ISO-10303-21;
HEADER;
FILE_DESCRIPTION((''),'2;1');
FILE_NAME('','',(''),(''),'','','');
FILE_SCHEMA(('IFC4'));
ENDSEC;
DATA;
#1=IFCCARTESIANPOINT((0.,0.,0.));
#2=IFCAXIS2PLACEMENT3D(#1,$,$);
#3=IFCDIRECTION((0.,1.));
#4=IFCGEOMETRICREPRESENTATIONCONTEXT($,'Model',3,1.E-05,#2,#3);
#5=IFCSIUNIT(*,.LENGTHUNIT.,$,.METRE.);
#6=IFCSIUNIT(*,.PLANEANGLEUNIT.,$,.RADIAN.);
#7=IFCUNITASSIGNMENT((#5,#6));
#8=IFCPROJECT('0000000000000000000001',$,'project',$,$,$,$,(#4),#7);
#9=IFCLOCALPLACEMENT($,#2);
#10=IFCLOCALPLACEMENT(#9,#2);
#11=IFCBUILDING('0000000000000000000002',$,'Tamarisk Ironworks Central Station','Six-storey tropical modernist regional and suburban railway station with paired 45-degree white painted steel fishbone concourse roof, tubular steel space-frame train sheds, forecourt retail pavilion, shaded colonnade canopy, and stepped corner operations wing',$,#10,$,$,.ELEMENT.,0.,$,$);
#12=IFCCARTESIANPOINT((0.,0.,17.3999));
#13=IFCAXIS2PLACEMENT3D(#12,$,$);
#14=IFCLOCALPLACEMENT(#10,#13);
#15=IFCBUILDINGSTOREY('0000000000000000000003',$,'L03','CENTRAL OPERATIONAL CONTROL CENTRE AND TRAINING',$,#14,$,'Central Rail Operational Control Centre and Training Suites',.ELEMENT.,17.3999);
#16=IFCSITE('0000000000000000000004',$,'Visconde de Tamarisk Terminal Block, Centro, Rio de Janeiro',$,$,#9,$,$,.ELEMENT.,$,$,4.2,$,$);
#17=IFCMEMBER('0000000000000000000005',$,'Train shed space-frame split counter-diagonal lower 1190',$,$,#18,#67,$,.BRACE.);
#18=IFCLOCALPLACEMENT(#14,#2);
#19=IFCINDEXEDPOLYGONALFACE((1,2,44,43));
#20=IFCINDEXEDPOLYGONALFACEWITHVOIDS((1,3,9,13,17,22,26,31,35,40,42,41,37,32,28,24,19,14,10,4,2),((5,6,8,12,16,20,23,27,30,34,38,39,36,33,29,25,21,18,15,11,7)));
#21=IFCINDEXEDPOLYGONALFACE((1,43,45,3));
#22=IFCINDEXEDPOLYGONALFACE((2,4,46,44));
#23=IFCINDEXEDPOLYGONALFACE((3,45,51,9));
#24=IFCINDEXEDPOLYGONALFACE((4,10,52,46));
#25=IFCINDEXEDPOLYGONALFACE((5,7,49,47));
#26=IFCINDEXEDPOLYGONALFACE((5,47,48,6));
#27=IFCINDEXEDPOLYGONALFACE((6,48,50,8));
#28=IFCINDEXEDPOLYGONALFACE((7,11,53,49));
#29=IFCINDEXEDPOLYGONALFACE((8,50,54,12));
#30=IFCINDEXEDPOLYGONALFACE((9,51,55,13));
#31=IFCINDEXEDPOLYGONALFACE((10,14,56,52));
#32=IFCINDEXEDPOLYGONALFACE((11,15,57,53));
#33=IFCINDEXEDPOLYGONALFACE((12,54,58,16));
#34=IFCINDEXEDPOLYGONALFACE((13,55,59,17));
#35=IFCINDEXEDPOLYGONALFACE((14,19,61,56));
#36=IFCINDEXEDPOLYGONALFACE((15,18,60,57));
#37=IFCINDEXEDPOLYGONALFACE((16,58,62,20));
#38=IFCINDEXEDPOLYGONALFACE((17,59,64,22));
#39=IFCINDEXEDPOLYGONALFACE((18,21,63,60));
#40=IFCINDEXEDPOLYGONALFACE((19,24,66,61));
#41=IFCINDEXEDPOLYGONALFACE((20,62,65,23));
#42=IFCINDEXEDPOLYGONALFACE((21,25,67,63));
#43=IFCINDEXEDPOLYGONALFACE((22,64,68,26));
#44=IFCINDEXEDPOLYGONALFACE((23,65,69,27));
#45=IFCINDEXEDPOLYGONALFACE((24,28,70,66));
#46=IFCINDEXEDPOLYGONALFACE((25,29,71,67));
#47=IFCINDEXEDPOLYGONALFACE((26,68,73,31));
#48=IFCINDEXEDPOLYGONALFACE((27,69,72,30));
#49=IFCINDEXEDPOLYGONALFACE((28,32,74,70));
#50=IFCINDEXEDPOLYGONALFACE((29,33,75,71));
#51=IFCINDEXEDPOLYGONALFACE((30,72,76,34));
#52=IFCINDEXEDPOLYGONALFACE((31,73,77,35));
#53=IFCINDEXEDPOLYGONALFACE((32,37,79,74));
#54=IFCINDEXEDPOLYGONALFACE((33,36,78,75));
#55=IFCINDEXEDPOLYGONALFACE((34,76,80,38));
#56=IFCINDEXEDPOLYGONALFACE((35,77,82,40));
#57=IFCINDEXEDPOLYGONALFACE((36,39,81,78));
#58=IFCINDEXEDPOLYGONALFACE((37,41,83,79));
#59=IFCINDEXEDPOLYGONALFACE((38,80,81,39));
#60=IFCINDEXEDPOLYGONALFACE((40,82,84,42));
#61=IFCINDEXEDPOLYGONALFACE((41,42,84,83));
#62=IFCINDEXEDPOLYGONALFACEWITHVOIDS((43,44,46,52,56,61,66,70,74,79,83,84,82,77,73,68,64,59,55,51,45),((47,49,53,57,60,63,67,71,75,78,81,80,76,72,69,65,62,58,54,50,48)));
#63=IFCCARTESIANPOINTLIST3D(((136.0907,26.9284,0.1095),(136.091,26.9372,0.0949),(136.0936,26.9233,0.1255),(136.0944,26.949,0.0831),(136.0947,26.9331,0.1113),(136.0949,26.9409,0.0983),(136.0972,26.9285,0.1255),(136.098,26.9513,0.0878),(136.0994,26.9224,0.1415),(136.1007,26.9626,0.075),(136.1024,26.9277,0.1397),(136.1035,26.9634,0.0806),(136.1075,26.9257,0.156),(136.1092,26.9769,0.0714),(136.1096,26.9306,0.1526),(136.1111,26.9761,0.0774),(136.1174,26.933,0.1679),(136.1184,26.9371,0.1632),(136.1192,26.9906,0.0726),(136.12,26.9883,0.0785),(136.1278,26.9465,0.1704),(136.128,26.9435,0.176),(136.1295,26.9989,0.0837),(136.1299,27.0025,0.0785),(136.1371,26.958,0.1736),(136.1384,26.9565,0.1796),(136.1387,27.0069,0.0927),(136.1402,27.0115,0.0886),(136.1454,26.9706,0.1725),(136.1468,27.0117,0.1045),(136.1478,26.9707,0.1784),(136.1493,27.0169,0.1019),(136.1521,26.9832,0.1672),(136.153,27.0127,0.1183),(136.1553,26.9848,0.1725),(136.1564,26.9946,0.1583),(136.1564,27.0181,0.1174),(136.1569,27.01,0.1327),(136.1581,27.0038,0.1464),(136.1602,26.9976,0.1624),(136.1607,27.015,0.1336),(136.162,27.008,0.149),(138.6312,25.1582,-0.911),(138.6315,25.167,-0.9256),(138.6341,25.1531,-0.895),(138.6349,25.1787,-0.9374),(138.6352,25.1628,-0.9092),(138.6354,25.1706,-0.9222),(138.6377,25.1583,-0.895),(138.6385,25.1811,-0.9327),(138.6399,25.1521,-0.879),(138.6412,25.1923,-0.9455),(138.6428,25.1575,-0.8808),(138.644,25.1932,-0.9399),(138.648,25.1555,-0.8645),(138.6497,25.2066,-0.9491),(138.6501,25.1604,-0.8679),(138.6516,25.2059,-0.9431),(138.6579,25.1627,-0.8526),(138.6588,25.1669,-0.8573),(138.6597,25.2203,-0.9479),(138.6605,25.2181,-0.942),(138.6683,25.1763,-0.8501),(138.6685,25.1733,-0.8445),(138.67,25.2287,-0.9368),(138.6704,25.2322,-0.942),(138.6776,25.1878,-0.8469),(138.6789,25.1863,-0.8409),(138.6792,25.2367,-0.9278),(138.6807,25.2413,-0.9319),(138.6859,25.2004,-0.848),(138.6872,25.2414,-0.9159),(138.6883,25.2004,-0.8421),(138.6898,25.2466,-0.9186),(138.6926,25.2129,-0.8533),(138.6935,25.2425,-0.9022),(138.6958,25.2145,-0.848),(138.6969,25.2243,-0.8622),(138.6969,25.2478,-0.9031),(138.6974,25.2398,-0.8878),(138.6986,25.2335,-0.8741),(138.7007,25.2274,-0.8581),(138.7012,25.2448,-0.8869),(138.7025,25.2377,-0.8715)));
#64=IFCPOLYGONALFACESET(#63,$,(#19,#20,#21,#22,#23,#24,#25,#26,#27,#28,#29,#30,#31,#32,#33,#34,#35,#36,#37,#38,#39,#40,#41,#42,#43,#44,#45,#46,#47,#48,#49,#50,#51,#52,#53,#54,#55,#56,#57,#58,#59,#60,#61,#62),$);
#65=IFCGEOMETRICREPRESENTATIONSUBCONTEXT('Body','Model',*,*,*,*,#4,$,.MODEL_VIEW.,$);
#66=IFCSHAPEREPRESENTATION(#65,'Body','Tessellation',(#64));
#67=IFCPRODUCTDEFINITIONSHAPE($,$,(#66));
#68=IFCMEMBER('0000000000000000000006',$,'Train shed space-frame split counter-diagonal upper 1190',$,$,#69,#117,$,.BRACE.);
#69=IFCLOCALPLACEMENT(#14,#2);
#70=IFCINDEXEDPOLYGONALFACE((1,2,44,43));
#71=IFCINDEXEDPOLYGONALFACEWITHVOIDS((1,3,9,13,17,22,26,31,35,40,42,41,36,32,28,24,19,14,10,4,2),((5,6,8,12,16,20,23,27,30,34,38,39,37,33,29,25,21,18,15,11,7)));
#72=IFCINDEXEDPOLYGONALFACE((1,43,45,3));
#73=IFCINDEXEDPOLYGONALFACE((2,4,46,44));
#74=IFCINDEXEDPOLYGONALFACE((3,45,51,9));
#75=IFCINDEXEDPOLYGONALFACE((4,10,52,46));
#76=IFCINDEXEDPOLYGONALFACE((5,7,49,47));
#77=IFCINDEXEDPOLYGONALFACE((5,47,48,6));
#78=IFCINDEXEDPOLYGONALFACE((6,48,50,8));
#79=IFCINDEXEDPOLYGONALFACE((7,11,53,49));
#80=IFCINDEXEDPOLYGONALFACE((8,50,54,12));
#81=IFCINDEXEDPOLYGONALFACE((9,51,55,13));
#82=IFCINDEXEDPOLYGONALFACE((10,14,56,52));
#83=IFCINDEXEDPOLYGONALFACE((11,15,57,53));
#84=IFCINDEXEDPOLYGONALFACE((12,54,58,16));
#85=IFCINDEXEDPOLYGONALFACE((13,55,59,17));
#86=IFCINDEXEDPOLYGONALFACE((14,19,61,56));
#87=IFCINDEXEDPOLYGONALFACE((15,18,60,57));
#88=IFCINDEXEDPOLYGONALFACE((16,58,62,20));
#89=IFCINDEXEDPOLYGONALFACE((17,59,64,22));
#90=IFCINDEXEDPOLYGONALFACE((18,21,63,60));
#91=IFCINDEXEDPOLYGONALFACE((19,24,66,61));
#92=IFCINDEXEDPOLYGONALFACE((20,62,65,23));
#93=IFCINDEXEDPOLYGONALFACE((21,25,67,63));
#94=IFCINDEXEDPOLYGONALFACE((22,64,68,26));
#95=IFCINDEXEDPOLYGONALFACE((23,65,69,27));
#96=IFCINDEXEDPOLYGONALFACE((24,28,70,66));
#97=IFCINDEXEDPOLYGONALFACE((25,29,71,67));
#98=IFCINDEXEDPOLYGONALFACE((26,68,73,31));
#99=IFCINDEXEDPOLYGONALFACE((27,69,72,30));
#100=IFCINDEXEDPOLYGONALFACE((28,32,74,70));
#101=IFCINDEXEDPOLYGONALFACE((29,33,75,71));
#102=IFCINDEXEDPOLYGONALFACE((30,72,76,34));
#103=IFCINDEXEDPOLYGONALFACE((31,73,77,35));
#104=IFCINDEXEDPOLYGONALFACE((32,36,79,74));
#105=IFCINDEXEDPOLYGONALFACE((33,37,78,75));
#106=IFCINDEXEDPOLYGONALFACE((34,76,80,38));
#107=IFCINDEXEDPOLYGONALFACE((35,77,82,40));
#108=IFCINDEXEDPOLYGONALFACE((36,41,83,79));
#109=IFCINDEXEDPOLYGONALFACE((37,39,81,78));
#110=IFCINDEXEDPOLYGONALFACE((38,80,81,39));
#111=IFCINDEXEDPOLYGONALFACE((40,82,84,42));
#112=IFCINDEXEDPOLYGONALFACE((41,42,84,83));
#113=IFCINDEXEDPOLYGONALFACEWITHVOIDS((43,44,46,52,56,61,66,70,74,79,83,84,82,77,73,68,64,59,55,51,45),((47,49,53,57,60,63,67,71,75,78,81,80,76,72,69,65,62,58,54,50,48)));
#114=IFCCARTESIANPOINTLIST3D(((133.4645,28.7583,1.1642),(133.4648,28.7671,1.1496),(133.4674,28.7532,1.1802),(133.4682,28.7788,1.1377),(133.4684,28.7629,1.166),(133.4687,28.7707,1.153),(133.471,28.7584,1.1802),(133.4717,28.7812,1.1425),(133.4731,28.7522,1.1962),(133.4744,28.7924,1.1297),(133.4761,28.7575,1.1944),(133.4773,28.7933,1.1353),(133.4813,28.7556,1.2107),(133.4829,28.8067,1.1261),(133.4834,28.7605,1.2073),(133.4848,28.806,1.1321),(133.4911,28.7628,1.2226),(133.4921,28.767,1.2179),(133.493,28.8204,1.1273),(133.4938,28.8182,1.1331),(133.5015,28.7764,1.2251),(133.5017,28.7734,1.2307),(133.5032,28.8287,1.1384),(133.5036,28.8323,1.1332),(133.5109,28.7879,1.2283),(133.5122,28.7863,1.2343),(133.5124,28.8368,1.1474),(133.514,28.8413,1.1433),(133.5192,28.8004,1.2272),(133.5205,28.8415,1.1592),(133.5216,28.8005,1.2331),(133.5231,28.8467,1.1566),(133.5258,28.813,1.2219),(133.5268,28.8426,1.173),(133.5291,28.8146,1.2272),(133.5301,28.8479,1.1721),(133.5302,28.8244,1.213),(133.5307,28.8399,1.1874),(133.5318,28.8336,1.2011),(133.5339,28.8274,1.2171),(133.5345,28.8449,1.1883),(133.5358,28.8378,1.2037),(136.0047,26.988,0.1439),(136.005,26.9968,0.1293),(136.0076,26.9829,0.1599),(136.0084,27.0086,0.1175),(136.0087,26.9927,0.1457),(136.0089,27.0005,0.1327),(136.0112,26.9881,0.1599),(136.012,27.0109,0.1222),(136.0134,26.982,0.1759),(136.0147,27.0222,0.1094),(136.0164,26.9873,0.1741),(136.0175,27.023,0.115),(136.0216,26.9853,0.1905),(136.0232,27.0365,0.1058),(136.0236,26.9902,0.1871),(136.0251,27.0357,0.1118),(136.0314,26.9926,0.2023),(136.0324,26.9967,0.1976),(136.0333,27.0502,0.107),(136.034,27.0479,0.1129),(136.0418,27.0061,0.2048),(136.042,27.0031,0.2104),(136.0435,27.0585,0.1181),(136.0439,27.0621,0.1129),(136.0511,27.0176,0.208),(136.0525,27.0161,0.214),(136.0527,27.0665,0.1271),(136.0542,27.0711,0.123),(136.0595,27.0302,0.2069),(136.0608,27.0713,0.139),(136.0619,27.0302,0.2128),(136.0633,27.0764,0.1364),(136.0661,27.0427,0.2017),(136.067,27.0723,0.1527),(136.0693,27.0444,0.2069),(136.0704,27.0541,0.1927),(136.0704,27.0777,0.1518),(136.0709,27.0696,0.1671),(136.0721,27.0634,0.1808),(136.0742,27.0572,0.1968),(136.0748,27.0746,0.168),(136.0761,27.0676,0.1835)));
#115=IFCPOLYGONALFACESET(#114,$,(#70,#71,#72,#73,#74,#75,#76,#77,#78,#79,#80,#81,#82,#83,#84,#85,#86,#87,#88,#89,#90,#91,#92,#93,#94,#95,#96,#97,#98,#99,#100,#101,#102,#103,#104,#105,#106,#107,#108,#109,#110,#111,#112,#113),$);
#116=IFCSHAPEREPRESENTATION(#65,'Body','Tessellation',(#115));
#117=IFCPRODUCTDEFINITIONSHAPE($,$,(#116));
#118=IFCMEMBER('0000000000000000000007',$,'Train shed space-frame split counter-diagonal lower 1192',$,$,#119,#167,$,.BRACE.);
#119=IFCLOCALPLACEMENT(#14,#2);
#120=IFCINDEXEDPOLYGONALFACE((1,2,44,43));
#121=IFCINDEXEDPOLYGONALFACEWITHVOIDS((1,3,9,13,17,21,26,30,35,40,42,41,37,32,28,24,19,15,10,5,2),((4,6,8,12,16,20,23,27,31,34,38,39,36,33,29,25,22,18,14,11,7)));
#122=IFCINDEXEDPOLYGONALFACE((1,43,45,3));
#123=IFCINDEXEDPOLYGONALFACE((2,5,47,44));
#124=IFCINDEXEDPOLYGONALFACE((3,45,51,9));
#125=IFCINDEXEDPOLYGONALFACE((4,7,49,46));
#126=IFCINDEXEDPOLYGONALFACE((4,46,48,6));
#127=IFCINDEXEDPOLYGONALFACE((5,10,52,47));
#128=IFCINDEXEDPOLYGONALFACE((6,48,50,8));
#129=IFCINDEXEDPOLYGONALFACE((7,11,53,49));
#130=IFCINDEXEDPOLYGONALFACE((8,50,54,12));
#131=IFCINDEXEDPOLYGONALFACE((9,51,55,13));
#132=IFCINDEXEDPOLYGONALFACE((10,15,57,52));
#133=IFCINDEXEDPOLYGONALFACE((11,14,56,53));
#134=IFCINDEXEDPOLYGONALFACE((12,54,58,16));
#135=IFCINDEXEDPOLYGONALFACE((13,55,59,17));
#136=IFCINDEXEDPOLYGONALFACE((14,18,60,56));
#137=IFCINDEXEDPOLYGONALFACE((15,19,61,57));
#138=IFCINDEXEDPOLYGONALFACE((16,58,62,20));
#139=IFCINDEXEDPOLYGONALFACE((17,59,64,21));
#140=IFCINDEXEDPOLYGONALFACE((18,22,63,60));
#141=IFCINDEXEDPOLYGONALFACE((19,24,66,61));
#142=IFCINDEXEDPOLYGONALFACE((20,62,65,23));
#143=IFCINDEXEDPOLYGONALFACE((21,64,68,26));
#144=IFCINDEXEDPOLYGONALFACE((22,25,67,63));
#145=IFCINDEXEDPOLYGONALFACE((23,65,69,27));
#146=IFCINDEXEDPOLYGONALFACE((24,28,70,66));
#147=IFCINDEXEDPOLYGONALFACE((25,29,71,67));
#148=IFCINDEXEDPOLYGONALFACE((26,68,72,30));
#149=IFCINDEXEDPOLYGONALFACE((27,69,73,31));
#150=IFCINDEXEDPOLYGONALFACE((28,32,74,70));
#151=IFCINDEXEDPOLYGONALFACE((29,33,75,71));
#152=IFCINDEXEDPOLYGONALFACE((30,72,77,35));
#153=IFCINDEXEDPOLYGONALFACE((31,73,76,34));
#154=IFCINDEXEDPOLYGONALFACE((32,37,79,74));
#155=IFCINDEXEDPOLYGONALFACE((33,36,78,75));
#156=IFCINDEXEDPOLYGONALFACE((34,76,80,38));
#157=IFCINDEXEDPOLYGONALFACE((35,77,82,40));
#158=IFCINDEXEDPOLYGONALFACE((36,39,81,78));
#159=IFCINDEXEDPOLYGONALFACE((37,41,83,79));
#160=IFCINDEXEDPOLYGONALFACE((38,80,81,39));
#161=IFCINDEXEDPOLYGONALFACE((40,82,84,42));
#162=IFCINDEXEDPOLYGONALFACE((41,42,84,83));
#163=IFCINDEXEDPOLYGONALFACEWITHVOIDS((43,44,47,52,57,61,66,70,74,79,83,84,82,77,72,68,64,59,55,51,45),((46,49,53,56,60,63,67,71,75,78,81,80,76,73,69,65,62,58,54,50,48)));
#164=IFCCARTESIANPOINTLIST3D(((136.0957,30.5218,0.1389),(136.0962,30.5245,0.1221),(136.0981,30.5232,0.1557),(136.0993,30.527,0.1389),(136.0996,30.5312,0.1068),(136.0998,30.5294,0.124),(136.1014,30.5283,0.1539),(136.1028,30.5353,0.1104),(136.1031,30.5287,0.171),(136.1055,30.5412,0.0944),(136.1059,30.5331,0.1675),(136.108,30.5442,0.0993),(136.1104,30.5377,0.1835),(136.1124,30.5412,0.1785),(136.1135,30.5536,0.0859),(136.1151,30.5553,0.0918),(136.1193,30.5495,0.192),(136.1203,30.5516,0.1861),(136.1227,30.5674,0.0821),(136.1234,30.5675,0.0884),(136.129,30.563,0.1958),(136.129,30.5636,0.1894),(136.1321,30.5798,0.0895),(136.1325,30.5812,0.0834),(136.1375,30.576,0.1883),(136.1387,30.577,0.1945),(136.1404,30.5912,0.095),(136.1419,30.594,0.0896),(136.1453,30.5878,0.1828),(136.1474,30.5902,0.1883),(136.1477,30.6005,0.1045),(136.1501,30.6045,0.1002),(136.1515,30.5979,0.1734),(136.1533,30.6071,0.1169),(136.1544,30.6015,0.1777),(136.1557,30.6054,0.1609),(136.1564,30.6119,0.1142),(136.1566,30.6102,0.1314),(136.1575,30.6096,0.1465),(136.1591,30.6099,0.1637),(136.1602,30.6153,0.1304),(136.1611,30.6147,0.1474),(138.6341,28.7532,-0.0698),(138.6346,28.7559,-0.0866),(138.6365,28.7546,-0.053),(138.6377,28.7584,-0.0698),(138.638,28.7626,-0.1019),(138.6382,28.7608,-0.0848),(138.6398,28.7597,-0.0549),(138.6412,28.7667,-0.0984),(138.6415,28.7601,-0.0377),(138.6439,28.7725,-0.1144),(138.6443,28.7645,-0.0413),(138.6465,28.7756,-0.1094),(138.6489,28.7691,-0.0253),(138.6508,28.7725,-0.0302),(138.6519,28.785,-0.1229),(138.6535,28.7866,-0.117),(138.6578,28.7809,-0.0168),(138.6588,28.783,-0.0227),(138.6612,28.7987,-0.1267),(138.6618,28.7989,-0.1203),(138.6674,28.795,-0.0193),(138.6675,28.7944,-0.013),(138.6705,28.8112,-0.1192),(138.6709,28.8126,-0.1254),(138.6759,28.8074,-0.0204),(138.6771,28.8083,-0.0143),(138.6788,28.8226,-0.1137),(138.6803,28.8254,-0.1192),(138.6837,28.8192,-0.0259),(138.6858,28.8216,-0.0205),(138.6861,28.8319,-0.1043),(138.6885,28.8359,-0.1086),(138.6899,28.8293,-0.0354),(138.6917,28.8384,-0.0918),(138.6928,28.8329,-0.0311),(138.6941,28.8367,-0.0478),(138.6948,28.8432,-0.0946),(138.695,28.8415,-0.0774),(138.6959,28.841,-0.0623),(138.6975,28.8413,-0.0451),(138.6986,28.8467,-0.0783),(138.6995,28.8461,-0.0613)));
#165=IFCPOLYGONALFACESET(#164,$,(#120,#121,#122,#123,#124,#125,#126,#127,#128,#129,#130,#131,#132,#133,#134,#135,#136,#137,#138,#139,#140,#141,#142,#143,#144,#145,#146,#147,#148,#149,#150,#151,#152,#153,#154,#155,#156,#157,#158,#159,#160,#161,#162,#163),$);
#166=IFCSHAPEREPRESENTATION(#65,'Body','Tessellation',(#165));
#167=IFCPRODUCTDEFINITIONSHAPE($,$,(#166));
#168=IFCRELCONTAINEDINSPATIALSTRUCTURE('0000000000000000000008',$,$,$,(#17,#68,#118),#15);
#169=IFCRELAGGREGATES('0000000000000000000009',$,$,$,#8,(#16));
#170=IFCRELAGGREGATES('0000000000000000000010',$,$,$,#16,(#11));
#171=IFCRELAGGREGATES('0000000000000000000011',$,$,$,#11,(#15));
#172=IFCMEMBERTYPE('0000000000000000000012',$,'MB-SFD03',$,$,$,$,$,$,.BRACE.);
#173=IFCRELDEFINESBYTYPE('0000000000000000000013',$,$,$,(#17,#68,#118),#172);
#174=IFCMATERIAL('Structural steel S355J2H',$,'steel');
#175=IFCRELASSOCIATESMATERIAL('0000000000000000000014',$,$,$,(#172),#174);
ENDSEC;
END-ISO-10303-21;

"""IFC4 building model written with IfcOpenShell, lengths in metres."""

from ifc_helpers import new_model, si_unit, direction, frame, origin, origin_2d, place, context, subcontext, project, spatial, hollow_circle, extrude, material, material_profile, profile_set, type_object, element, save


model = new_model("IFC4")

# Units and contexts
model_context = context("Model", 3, precision=1e-05, world=origin(), true_north=direction((0.0, 1.0)))
body_context = subcontext(model_context, "Body", "Model", "MODEL_VIEW")
ifc_project = project(units=[si_unit("LENGTHUNIT", "METRE"), si_unit("PLANEANGLEUNIT", "RADIAN")], contexts=[model_context])

# Site, building, storey
site_placement = place(None, origin())
site = spatial("IfcSite", under=ifc_project, at=site_placement, Name="Visconde de Tamarisk Terminal Block, Centro, Rio de Janeiro", CompositionType="ELEMENT", RefElevation=4.2)
building_placement = place(site_placement, origin())
building = spatial("IfcBuilding", under=site, at=building_placement, Name="Tamarisk Ironworks Central Station", Description="Six-storey tropical modernist regional and suburban railway station with paired 45-degree white painted steel fishbone concourse roof, tubular steel space-frame train sheds, forecourt retail pavilion, shaded colonnade canopy, and stepped corner operations wing", CompositionType="ELEMENT", ElevationOfRefHeight=0.0)
storey_placement = place(building_placement, frame((0.0, 0.0, 17.3999)))
storey = spatial("IfcBuildingStorey", under=building, at=storey_placement, Name="L03", Description="CENTRAL OPERATIONAL CONTROL CENTRE AND TRAINING", LongName="Central Rail Operational Control Centre and Training Suites", CompositionType="ELEMENT", Elevation=17.3999)

# Members
ifc_material_1 = material(Name="Structural steel S355J2H", Category="steel")
ifc_material_profile_1 = material_profile(ifc_material_1, hollow_circle(Radius=0.0571, WallThickness=0.0063, at=origin_2d()), Name="CHS 114.3x6.3")
ifc_profile_set_1 = profile_set([ifc_material_profile_1], Name="Structural steel S355J2H")
member_type_1 = type_object("IfcMemberType", Name="MB-SFD03", PredefinedType="BRACE", material=ifc_profile_set_1)
member_1_placement = place(storey_placement, frame((138.6667, 25.2, -0.895), z_axis=(-0.779231, 0.542976, 0.313011), x_axis=(-0.571704, -0.82046, 0.0)))
element("IfcMember", 1, at=member_1_placement, inside=storey, type_object=member_type_1, Name="Train shed space-frame split counter-diagonal lower 1190", PredefinedType="BRACE", context=body_context, shape_type="SweptSolid", body=[
    extrude(hollow_circle(Radius=0.0571, WallThickness=0.0063, at=origin_2d()), origin(), (0.0, 0.0, 1.0), 3.2603),
])
member_2_placement = place(storey_placement, frame((136.0403, 27.0298, 0.1599), z_axis=(-0.77922, 0.54302, 0.312961), x_axis=(-0.571741, -0.820434, 0.0)))
element("IfcMember", 2, at=member_2_placement, inside=storey, type_object=member_type_1, Name="Train shed space-frame split counter-diagonal upper 1190", PredefinedType="BRACE", context=body_context, shape_type="SweptSolid", body=[
    extrude(hollow_circle(Radius=0.0571, WallThickness=0.0063, at=origin_2d()), origin(), (0.0, 0.0, 1.0), 3.26),
])
member_3_placement = place(storey_placement, frame((138.6667, 28.8, -0.0698), z_axis=(-0.818625, 0.570369, 0.06732), x_axis=(-0.571666, -0.820487, 0.0)))
element("IfcMember", 3, at=member_3_placement, inside=storey, type_object=member_type_1, Name="Train shed space-frame split counter-diagonal lower 1192", PredefinedType="BRACE", context=body_context, shape_type="SweptSolid", body=[
    extrude(hollow_circle(Radius=0.0571, WallThickness=0.0063, at=origin_2d()), origin(), (0.0, 0.0, 1.0), 3.1008),
])

save(model, "model.ifc")
